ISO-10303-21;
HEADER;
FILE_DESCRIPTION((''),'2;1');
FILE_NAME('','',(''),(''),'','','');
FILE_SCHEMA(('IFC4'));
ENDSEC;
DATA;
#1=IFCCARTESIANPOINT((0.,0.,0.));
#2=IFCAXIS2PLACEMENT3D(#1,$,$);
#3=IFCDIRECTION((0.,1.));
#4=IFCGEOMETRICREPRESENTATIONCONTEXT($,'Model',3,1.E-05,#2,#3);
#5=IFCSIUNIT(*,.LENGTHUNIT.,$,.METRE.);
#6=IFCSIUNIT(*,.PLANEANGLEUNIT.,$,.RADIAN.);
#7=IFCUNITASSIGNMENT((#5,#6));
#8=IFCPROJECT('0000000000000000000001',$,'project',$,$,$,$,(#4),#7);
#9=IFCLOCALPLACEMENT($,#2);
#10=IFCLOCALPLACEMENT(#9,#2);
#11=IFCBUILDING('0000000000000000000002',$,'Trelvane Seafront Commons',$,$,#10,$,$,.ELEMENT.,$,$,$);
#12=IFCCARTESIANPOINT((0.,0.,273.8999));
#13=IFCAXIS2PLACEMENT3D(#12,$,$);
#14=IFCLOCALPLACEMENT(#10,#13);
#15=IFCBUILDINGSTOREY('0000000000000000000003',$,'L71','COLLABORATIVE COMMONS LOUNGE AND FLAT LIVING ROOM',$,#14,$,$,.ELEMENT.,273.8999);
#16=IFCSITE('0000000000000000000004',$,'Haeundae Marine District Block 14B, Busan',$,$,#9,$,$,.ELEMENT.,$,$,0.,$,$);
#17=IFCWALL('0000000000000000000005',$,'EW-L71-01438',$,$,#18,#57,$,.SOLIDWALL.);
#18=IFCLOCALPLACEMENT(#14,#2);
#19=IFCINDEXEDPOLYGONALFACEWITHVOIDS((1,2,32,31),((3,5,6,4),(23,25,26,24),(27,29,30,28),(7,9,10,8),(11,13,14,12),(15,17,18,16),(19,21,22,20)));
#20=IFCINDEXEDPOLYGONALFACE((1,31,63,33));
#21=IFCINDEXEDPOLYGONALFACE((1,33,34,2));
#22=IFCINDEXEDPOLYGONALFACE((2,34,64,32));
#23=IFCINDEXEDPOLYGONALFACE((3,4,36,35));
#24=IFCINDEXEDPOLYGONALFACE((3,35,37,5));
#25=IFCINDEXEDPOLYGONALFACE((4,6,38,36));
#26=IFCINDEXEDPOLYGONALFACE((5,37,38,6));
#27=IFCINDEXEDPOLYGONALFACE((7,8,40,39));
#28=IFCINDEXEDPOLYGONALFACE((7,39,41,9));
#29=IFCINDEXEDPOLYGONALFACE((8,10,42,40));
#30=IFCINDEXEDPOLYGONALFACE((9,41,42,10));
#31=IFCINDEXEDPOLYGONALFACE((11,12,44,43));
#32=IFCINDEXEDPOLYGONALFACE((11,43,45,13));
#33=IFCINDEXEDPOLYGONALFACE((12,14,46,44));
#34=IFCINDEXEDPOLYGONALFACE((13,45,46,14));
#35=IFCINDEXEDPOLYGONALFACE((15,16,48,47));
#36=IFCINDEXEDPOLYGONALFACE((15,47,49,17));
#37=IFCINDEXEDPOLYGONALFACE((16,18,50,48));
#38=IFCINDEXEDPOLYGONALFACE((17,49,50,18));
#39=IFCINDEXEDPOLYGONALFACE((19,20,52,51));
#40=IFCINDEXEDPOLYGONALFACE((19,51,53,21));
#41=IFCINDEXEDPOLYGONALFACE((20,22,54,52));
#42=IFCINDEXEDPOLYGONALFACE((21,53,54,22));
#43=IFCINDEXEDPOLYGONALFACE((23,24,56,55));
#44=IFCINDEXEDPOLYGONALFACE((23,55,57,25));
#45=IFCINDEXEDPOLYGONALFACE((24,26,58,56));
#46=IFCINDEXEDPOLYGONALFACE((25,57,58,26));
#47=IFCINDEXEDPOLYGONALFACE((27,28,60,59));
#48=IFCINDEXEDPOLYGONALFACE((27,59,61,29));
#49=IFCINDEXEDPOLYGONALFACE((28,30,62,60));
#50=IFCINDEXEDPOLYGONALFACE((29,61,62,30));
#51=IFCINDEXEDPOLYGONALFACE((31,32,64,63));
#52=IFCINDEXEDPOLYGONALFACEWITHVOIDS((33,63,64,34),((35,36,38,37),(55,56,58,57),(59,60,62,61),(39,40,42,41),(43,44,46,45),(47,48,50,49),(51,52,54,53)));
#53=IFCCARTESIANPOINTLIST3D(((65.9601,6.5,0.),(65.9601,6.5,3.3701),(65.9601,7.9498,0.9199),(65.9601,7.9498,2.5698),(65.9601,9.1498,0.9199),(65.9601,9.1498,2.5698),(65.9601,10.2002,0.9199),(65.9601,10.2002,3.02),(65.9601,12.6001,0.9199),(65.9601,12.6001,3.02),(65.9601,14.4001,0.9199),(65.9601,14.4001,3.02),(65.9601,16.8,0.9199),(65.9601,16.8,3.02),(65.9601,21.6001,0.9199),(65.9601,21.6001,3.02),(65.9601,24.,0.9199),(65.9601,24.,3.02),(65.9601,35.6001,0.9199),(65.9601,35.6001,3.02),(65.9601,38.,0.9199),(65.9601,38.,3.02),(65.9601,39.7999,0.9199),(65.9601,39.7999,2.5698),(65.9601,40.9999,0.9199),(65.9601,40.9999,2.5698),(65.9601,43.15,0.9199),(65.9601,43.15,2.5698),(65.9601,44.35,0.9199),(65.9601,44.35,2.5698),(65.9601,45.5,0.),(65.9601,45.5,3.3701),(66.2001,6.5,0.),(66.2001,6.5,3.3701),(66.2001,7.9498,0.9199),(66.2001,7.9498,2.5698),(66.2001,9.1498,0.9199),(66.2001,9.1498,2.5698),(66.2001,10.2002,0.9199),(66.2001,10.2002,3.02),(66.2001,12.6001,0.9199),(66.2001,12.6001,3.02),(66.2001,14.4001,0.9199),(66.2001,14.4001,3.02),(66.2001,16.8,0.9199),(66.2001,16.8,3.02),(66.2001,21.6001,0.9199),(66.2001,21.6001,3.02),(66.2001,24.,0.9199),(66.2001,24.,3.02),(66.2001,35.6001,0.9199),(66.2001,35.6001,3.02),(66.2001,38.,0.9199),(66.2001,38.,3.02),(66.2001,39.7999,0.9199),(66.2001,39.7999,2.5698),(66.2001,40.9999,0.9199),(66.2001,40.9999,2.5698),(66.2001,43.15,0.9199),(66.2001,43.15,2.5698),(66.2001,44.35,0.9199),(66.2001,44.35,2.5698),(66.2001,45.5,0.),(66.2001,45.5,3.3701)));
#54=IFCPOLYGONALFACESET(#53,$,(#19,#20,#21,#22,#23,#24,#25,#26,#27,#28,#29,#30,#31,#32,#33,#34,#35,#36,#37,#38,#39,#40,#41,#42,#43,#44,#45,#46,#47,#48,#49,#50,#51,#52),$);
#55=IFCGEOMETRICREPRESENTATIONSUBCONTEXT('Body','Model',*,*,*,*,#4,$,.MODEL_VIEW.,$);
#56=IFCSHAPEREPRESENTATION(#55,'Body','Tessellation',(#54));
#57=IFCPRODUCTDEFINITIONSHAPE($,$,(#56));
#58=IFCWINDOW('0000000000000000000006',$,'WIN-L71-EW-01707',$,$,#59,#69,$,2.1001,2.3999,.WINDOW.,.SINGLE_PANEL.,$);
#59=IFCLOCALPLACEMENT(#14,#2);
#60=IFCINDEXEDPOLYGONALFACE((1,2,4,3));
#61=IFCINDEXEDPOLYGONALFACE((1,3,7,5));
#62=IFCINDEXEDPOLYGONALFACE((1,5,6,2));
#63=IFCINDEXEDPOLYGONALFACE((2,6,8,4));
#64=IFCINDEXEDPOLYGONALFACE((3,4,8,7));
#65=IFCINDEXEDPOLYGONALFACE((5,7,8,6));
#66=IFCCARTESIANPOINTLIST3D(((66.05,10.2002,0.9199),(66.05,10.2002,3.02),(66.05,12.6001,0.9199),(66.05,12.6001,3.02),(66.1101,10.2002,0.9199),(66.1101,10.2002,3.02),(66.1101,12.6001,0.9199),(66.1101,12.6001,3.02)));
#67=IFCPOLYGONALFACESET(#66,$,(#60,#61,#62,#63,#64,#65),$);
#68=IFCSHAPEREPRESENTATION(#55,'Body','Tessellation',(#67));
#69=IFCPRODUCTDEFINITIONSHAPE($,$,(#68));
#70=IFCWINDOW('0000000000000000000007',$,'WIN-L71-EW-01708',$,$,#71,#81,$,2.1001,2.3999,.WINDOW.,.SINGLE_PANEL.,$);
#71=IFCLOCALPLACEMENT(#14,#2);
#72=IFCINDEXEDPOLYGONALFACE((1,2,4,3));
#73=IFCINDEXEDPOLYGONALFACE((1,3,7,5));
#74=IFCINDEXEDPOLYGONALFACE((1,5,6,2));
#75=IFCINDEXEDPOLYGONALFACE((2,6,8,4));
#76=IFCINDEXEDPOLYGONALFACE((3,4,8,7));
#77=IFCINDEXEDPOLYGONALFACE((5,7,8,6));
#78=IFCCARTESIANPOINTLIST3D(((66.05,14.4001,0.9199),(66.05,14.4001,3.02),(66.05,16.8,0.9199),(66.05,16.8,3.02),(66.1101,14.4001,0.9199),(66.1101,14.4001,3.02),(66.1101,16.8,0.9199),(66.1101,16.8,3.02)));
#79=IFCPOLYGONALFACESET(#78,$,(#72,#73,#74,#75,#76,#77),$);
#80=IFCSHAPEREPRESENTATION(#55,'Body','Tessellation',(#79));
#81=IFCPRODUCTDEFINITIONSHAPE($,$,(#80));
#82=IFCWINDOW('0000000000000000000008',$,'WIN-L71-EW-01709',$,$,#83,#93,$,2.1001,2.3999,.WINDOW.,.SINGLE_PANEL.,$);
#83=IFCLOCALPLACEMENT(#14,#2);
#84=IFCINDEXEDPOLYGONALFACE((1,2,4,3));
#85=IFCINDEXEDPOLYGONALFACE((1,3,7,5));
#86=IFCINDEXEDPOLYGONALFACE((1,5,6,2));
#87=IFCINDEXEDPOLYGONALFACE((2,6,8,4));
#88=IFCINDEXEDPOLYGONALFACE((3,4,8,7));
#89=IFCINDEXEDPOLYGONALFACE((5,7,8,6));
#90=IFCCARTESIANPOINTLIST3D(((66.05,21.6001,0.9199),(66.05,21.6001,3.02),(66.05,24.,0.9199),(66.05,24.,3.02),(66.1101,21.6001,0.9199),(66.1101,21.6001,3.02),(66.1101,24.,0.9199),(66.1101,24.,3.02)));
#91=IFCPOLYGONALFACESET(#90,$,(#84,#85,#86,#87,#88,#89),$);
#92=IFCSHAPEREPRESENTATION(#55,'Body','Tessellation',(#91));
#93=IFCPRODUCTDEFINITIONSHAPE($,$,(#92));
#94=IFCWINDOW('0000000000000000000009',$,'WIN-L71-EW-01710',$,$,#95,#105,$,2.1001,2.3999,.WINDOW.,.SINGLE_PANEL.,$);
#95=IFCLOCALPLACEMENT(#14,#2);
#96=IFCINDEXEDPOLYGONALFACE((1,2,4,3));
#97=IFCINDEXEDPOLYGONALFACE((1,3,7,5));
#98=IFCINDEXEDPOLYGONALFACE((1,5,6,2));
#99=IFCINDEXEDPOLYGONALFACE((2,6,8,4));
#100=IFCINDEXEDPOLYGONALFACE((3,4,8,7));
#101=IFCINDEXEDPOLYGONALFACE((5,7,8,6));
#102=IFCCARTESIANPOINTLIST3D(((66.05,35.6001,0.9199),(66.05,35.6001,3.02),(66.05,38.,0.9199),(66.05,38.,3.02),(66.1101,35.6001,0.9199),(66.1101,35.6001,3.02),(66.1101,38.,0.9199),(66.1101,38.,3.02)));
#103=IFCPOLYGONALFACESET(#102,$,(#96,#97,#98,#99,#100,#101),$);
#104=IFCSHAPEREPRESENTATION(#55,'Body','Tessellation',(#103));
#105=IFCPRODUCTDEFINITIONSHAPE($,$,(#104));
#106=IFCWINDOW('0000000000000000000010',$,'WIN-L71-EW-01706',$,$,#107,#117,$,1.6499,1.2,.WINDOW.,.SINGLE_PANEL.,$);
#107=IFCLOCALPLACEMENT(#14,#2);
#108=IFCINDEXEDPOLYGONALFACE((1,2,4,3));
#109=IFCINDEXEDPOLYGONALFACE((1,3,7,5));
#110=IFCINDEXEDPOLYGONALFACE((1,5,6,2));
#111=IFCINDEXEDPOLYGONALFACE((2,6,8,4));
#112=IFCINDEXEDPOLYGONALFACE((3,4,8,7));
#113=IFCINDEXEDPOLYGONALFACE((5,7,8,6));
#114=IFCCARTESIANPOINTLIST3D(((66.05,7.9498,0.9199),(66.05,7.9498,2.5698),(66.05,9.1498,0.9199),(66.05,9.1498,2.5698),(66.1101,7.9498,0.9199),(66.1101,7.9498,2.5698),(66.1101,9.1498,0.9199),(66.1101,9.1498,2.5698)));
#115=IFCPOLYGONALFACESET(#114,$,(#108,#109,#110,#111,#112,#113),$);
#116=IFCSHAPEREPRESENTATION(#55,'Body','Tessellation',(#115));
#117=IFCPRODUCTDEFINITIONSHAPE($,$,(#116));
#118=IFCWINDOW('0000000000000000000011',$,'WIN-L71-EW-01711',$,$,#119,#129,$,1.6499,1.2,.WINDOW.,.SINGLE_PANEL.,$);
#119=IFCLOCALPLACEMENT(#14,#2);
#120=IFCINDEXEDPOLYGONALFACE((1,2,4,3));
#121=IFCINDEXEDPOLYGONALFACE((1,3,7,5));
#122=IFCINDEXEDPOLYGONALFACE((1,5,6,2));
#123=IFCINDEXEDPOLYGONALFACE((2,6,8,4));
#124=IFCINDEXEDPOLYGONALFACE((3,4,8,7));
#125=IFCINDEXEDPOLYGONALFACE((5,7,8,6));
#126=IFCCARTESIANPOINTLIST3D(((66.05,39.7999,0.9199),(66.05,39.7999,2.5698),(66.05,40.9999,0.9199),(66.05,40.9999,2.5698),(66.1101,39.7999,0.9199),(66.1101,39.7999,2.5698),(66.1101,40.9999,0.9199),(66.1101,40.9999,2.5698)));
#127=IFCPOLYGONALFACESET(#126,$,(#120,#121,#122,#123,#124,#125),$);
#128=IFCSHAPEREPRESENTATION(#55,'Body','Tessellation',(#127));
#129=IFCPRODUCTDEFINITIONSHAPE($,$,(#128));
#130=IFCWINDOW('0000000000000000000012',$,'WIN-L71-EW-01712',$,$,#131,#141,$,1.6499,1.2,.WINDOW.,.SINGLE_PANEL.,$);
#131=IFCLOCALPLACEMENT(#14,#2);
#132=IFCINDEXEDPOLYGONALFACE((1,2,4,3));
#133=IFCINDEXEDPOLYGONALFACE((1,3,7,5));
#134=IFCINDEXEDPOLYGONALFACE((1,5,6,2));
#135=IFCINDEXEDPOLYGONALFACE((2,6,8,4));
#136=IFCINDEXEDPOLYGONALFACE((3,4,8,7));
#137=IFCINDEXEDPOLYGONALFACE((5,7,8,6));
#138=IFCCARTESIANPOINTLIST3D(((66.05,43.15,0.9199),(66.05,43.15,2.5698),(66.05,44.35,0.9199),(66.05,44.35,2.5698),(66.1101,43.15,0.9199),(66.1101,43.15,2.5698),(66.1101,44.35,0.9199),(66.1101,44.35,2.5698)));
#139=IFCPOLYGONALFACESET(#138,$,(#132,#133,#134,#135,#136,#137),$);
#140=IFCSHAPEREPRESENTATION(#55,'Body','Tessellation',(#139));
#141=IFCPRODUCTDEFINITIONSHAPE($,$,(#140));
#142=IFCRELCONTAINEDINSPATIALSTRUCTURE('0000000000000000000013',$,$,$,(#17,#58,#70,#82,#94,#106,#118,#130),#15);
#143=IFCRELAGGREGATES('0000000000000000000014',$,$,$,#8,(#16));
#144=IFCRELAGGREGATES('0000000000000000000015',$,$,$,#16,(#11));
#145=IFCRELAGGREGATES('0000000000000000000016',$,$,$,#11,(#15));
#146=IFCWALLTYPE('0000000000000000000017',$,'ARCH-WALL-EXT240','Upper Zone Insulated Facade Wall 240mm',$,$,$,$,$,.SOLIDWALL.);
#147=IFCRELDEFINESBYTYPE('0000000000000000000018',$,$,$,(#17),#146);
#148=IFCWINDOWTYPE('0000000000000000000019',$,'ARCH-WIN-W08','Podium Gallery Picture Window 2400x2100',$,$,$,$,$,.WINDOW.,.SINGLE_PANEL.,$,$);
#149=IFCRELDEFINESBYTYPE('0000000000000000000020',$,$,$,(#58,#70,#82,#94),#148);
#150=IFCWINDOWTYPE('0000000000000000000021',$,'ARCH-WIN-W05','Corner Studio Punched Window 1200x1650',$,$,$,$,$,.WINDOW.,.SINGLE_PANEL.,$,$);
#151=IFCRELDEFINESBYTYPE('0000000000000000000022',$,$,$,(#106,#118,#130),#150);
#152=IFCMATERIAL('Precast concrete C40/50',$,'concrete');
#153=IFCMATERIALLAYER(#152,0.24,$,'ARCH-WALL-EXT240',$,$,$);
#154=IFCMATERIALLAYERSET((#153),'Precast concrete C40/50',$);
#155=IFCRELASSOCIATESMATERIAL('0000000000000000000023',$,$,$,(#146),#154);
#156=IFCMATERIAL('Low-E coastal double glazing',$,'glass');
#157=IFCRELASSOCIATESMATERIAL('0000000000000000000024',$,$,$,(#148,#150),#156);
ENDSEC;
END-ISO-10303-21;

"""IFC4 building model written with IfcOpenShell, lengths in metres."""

from ifc_helpers import new_model, si_unit, direction, frame, frame_2d, origin, place, context, subcontext, project, spatial, rectangle, extrude, source, transform, mapped, material, layer, layer_set, type_object, element, fill, save


model = new_model("IFC4")

# Units and contexts
model_context = context("Model", 3, precision=1e-05, world=origin(), true_north=direction((0.0, 1.0)))
body_context = subcontext(model_context, "Body", "Model", "MODEL_VIEW")
ifc_project = project(units=[si_unit("LENGTHUNIT", "METRE"), si_unit("PLANEANGLEUNIT", "RADIAN")], contexts=[model_context])

# Site, building, storey
site_placement = place(None, origin())
site = spatial("IfcSite", under=ifc_project, at=site_placement, Name="Haeundae Marine District Block 14B, Busan", CompositionType="ELEMENT", RefElevation=0.0)
building_placement = place(site_placement, origin())
building = spatial("IfcBuilding", under=site, at=building_placement, Name="Trelvane Seafront Commons", CompositionType="ELEMENT")
storey_placement = place(building_placement, frame((0.0, 0.0, 273.8999)))
storey = spatial("IfcBuildingStorey", under=building, at=storey_placement, Name="L71", Description="COLLABORATIVE COMMONS LOUNGE AND FLAT LIVING ROOM", CompositionType="ELEMENT", Elevation=273.8999)

# Shared definitions
ifc_material_1 = material(Name="Low-E coastal double glazing", Category="glass")

# Shared definitions
ifc_material_2 = material(Name="Precast concrete C40/50", Category="concrete")
ifc_layer_1 = layer(ifc_material_2, 0.24, Name="ARCH-WALL-EXT240")
ifc_layer_set_1 = layer_set([ifc_layer_1], Name="Precast concrete C40/50")
wall_type = type_object("IfcWallType", Name="ARCH-WALL-EXT240", Description="Upper Zone Insulated Facade Wall 240mm", PredefinedType="SOLIDWALL", material=ifc_layer_set_1)

# Wall, openings, windows
wall_1_placement = place(storey_placement, frame((66.0801, 45.5, 0.0), z_axis=(0.0, 0.0, 1.0), x_axis=(0.0, -1.0, 0.0)))
wall_1 = element("IfcWall", 1, at=wall_1_placement, inside=storey, type_object=wall_type, Name="EW-L71-01438", PredefinedType="SOLIDWALL", context=body_context, shape_type="SweptSolid", body=[
    extrude(rectangle(XDim=39.0, YDim=0.24, at=frame_2d((19.5, 0.0))), origin(), (0.0, 0.0, 1.0), 3.3701),
])
opening_1_placement = place(wall_1_placement, frame((36.3501, 0.0, 0.9199)))
opening_1 = element("IfcOpeningElement", 2, at=opening_1_placement, cuts=wall_1, PredefinedType="OPENING", context=body_context, shape_type="SweptSolid", body=[
    extrude(rectangle(XDim=1.2, YDim=1.6499, at=frame_2d((0.6001, 0.825))), frame((0.0, 0.1299, 0.0), z_axis=(0.0, -1.0, 0.0), x_axis=(1.0, 0.0, 0.0)), (0.0, 0.0, 1.0), 0.26),
])
opening_2_placement = place(wall_1_placement, frame((32.8999, 0.0, 0.9199)))
opening_2 = element("IfcOpeningElement", 3, at=opening_2_placement, cuts=wall_1, PredefinedType="OPENING", context=body_context, shape_type="SweptSolid", body=[
    extrude(rectangle(XDim=2.3999, YDim=2.1001, at=frame_2d((1.2, 1.05))), frame((0.0, 0.1299, 0.0), z_axis=(0.0, -1.0, 0.0), x_axis=(1.0, 0.0, 0.0)), (0.0, 0.0, 1.0), 0.26),
])
opening_3_placement = place(wall_1_placement, frame((28.7, 0.0, 0.9199)))
opening_3 = element("IfcOpeningElement", 4, at=opening_3_placement, cuts=wall_1, PredefinedType="OPENING", context=body_context, shape_type="SweptSolid", body=[
    extrude(rectangle(XDim=2.3999, YDim=2.1001, at=frame_2d((1.2, 1.05))), frame((0.0, 0.1299, 0.0), z_axis=(0.0, -1.0, 0.0), x_axis=(1.0, 0.0, 0.0)), (0.0, 0.0, 1.0), 0.26),
])
opening_4_placement = place(wall_1_placement, frame((21.5, 0.0, 0.9199)))
opening_4 = element("IfcOpeningElement", 5, at=opening_4_placement, cuts=wall_1, PredefinedType="OPENING", context=body_context, shape_type="SweptSolid", body=[
    extrude(rectangle(XDim=2.3999, YDim=2.1001, at=frame_2d((1.2, 1.05))), frame((0.0, 0.1299, 0.0), z_axis=(0.0, -1.0, 0.0), x_axis=(1.0, 0.0, 0.0)), (0.0, 0.0, 1.0), 0.26),
])
opening_5_placement = place(wall_1_placement, frame((7.5, 0.0, 0.9199)))
opening_5 = element("IfcOpeningElement", 6, at=opening_5_placement, cuts=wall_1, PredefinedType="OPENING", context=body_context, shape_type="SweptSolid", body=[
    extrude(rectangle(XDim=2.3999, YDim=2.1001, at=frame_2d((1.2, 1.05))), frame((0.0, 0.1299, 0.0), z_axis=(0.0, -1.0, 0.0), x_axis=(1.0, 0.0, 0.0)), (0.0, 0.0, 1.0), 0.26),
])
opening_6_placement = place(wall_1_placement, frame((4.5, 0.0, 0.9199)))
opening_6 = element("IfcOpeningElement", 7, at=opening_6_placement, cuts=wall_1, PredefinedType="OPENING", context=body_context, shape_type="SweptSolid", body=[
    extrude(rectangle(XDim=1.2, YDim=1.6499, at=frame_2d((0.6001, 0.825))), frame((0.0, 0.1299, 0.0), z_axis=(0.0, -1.0, 0.0), x_axis=(1.0, 0.0, 0.0)), (0.0, 0.0, 1.0), 0.26),
])
opening_7_placement = place(wall_1_placement, frame((1.1499, 0.0, 0.9199)))
opening_7 = element("IfcOpeningElement", 8, at=opening_7_placement, cuts=wall_1, PredefinedType="OPENING", context=body_context, shape_type="SweptSolid", body=[
    extrude(rectangle(XDim=1.2, YDim=1.6499, at=frame_2d((0.6001, 0.825))), frame((0.0, 0.1299, 0.0), z_axis=(0.0, -1.0, 0.0), x_axis=(1.0, 0.0, 0.0)), (0.0, 0.0, 1.0), 0.26),
])
window_type_1 = type_object("IfcWindowType", Name="ARCH-WIN-W08", Description="Podium Gallery Picture Window 2400x2100", PartitioningType="SINGLE_PANEL", PredefinedType="WINDOW", material=ifc_material_1)
shared_shape_1 = source(origin(), body_context, "Body", "SweptSolid", [
    extrude(rectangle(XDim=2.3999, YDim=2.1001, at=frame_2d((1.2, 1.05))), frame((0.0, 0.03, 0.0), z_axis=(0.0, -1.0, 0.0), x_axis=(1.0, 0.0, 0.0)), (0.0, 0.0, 1.0), 0.0601),
])
window_1_placement = place(opening_2_placement, origin())
window_1 = element("IfcWindow", 9, at=window_1_placement, inside=storey, type_object=window_type_1, Name="WIN-L71-EW-01707", OverallHeight=2.1001, OverallWidth=2.3999, PartitioningType="SINGLE_PANEL", PredefinedType="WINDOW", context=body_context, shape_type="MappedRepresentation", body=[
    mapped(shared_shape_1, transform((0.0, 0.0, 0.0), x_axis=(1.0, 0.0, 0.0), y_axis=(0.0, 1.0, 0.0), z_axis=(0.0, 0.0, 1.0), scale=1.0)),
])
fill(opening_2, window_1)
window_2_placement = place(opening_3_placement, origin())
window_2 = element("IfcWindow", 10, at=window_2_placement, inside=storey, type_object=window_type_1, Name="WIN-L71-EW-01708", OverallHeight=2.1001, OverallWidth=2.3999, PartitioningType="SINGLE_PANEL", PredefinedType="WINDOW", context=body_context, shape_type="MappedRepresentation", body=[
    mapped(shared_shape_1, transform((0.0, 0.0, 0.0), x_axis=(1.0, 0.0, 0.0), y_axis=(0.0, 1.0, 0.0), z_axis=(0.0, 0.0, 1.0), scale=1.0)),
])
fill(opening_3, window_2)
window_3_placement = place(opening_4_placement, origin())
window_3 = element("IfcWindow", 11, at=window_3_placement, inside=storey, type_object=window_type_1, Name="WIN-L71-EW-01709", OverallHeight=2.1001, OverallWidth=2.3999, PartitioningType="SINGLE_PANEL", PredefinedType="WINDOW", context=body_context, shape_type="MappedRepresentation", body=[
    mapped(shared_shape_1, transform((0.0, 0.0, 0.0), x_axis=(1.0, 0.0, 0.0), y_axis=(0.0, 1.0, 0.0), z_axis=(0.0, 0.0, 1.0), scale=1.0)),
])
fill(opening_4, window_3)
window_4_placement = place(opening_5_placement, origin())
window_4 = element("IfcWindow", 12, at=window_4_placement, inside=storey, type_object=window_type_1, Name="WIN-L71-EW-01710", OverallHeight=2.1001, OverallWidth=2.3999, PartitioningType="SINGLE_PANEL", PredefinedType="WINDOW", context=body_context, shape_type="MappedRepresentation", body=[
    mapped(shared_shape_1, transform((0.0, 0.0, 0.0), x_axis=(1.0, 0.0, 0.0), y_axis=(0.0, 1.0, 0.0), z_axis=(0.0, 0.0, 1.0), scale=1.0)),
])
fill(opening_5, window_4)
window_type_2 = type_object("IfcWindowType", Name="ARCH-WIN-W05", Description="Corner Studio Punched Window 1200x1650", PartitioningType="SINGLE_PANEL", PredefinedType="WINDOW", material=ifc_material_1)
shared_shape_2 = source(origin(), body_context, "Body", "SweptSolid", [
    extrude(rectangle(XDim=1.2, YDim=1.6499, at=frame_2d((0.6001, 0.825))), frame((0.0, 0.03, 0.0), z_axis=(0.0, -1.0, 0.0), x_axis=(1.0, 0.0, 0.0)), (0.0, 0.0, 1.0), 0.0601),
])
window_5_placement = place(opening_1_placement, origin())
window_5 = element("IfcWindow", 13, at=window_5_placement, inside=storey, type_object=window_type_2, Name="WIN-L71-EW-01706", OverallHeight=1.6499, OverallWidth=1.2, PartitioningType="SINGLE_PANEL", PredefinedType="WINDOW", context=body_context, shape_type="MappedRepresentation", body=[
    mapped(shared_shape_2, transform((0.0, 0.0, 0.0), x_axis=(1.0, 0.0, 0.0), y_axis=(0.0, 1.0, 0.0), z_axis=(0.0, 0.0, 1.0), scale=1.0)),
])
fill(opening_1, window_5)
window_6_placement = place(opening_6_placement, origin())
window_6 = element("IfcWindow", 14, at=window_6_placement, inside=storey, type_object=window_type_2, Name="WIN-L71-EW-01711", OverallHeight=1.6499, OverallWidth=1.2, PartitioningType="SINGLE_PANEL", PredefinedType="WINDOW", context=body_context, shape_type="MappedRepresentation", body=[
    mapped(shared_shape_2, transform((0.0, 0.0, 0.0), x_axis=(1.0, 0.0, 0.0), y_axis=(0.0, 1.0, 0.0), z_axis=(0.0, 0.0, 1.0), scale=1.0)),
])
fill(opening_6, window_6)
window_7_placement = place(opening_7_placement, origin())
window_7 = element("IfcWindow", 15, at=window_7_placement, inside=storey, type_object=window_type_2, Name="WIN-L71-EW-01712", OverallHeight=1.6499, OverallWidth=1.2, PartitioningType="SINGLE_PANEL", PredefinedType="WINDOW", context=body_context, shape_type="MappedRepresentation", body=[
    mapped(shared_shape_2, transform((0.0, 0.0, 0.0), x_axis=(1.0, 0.0, 0.0), y_axis=(0.0, 1.0, 0.0), z_axis=(0.0, 0.0, 1.0), scale=1.0)),
])
fill(opening_7, window_7)

save(model, "model.ifc")
